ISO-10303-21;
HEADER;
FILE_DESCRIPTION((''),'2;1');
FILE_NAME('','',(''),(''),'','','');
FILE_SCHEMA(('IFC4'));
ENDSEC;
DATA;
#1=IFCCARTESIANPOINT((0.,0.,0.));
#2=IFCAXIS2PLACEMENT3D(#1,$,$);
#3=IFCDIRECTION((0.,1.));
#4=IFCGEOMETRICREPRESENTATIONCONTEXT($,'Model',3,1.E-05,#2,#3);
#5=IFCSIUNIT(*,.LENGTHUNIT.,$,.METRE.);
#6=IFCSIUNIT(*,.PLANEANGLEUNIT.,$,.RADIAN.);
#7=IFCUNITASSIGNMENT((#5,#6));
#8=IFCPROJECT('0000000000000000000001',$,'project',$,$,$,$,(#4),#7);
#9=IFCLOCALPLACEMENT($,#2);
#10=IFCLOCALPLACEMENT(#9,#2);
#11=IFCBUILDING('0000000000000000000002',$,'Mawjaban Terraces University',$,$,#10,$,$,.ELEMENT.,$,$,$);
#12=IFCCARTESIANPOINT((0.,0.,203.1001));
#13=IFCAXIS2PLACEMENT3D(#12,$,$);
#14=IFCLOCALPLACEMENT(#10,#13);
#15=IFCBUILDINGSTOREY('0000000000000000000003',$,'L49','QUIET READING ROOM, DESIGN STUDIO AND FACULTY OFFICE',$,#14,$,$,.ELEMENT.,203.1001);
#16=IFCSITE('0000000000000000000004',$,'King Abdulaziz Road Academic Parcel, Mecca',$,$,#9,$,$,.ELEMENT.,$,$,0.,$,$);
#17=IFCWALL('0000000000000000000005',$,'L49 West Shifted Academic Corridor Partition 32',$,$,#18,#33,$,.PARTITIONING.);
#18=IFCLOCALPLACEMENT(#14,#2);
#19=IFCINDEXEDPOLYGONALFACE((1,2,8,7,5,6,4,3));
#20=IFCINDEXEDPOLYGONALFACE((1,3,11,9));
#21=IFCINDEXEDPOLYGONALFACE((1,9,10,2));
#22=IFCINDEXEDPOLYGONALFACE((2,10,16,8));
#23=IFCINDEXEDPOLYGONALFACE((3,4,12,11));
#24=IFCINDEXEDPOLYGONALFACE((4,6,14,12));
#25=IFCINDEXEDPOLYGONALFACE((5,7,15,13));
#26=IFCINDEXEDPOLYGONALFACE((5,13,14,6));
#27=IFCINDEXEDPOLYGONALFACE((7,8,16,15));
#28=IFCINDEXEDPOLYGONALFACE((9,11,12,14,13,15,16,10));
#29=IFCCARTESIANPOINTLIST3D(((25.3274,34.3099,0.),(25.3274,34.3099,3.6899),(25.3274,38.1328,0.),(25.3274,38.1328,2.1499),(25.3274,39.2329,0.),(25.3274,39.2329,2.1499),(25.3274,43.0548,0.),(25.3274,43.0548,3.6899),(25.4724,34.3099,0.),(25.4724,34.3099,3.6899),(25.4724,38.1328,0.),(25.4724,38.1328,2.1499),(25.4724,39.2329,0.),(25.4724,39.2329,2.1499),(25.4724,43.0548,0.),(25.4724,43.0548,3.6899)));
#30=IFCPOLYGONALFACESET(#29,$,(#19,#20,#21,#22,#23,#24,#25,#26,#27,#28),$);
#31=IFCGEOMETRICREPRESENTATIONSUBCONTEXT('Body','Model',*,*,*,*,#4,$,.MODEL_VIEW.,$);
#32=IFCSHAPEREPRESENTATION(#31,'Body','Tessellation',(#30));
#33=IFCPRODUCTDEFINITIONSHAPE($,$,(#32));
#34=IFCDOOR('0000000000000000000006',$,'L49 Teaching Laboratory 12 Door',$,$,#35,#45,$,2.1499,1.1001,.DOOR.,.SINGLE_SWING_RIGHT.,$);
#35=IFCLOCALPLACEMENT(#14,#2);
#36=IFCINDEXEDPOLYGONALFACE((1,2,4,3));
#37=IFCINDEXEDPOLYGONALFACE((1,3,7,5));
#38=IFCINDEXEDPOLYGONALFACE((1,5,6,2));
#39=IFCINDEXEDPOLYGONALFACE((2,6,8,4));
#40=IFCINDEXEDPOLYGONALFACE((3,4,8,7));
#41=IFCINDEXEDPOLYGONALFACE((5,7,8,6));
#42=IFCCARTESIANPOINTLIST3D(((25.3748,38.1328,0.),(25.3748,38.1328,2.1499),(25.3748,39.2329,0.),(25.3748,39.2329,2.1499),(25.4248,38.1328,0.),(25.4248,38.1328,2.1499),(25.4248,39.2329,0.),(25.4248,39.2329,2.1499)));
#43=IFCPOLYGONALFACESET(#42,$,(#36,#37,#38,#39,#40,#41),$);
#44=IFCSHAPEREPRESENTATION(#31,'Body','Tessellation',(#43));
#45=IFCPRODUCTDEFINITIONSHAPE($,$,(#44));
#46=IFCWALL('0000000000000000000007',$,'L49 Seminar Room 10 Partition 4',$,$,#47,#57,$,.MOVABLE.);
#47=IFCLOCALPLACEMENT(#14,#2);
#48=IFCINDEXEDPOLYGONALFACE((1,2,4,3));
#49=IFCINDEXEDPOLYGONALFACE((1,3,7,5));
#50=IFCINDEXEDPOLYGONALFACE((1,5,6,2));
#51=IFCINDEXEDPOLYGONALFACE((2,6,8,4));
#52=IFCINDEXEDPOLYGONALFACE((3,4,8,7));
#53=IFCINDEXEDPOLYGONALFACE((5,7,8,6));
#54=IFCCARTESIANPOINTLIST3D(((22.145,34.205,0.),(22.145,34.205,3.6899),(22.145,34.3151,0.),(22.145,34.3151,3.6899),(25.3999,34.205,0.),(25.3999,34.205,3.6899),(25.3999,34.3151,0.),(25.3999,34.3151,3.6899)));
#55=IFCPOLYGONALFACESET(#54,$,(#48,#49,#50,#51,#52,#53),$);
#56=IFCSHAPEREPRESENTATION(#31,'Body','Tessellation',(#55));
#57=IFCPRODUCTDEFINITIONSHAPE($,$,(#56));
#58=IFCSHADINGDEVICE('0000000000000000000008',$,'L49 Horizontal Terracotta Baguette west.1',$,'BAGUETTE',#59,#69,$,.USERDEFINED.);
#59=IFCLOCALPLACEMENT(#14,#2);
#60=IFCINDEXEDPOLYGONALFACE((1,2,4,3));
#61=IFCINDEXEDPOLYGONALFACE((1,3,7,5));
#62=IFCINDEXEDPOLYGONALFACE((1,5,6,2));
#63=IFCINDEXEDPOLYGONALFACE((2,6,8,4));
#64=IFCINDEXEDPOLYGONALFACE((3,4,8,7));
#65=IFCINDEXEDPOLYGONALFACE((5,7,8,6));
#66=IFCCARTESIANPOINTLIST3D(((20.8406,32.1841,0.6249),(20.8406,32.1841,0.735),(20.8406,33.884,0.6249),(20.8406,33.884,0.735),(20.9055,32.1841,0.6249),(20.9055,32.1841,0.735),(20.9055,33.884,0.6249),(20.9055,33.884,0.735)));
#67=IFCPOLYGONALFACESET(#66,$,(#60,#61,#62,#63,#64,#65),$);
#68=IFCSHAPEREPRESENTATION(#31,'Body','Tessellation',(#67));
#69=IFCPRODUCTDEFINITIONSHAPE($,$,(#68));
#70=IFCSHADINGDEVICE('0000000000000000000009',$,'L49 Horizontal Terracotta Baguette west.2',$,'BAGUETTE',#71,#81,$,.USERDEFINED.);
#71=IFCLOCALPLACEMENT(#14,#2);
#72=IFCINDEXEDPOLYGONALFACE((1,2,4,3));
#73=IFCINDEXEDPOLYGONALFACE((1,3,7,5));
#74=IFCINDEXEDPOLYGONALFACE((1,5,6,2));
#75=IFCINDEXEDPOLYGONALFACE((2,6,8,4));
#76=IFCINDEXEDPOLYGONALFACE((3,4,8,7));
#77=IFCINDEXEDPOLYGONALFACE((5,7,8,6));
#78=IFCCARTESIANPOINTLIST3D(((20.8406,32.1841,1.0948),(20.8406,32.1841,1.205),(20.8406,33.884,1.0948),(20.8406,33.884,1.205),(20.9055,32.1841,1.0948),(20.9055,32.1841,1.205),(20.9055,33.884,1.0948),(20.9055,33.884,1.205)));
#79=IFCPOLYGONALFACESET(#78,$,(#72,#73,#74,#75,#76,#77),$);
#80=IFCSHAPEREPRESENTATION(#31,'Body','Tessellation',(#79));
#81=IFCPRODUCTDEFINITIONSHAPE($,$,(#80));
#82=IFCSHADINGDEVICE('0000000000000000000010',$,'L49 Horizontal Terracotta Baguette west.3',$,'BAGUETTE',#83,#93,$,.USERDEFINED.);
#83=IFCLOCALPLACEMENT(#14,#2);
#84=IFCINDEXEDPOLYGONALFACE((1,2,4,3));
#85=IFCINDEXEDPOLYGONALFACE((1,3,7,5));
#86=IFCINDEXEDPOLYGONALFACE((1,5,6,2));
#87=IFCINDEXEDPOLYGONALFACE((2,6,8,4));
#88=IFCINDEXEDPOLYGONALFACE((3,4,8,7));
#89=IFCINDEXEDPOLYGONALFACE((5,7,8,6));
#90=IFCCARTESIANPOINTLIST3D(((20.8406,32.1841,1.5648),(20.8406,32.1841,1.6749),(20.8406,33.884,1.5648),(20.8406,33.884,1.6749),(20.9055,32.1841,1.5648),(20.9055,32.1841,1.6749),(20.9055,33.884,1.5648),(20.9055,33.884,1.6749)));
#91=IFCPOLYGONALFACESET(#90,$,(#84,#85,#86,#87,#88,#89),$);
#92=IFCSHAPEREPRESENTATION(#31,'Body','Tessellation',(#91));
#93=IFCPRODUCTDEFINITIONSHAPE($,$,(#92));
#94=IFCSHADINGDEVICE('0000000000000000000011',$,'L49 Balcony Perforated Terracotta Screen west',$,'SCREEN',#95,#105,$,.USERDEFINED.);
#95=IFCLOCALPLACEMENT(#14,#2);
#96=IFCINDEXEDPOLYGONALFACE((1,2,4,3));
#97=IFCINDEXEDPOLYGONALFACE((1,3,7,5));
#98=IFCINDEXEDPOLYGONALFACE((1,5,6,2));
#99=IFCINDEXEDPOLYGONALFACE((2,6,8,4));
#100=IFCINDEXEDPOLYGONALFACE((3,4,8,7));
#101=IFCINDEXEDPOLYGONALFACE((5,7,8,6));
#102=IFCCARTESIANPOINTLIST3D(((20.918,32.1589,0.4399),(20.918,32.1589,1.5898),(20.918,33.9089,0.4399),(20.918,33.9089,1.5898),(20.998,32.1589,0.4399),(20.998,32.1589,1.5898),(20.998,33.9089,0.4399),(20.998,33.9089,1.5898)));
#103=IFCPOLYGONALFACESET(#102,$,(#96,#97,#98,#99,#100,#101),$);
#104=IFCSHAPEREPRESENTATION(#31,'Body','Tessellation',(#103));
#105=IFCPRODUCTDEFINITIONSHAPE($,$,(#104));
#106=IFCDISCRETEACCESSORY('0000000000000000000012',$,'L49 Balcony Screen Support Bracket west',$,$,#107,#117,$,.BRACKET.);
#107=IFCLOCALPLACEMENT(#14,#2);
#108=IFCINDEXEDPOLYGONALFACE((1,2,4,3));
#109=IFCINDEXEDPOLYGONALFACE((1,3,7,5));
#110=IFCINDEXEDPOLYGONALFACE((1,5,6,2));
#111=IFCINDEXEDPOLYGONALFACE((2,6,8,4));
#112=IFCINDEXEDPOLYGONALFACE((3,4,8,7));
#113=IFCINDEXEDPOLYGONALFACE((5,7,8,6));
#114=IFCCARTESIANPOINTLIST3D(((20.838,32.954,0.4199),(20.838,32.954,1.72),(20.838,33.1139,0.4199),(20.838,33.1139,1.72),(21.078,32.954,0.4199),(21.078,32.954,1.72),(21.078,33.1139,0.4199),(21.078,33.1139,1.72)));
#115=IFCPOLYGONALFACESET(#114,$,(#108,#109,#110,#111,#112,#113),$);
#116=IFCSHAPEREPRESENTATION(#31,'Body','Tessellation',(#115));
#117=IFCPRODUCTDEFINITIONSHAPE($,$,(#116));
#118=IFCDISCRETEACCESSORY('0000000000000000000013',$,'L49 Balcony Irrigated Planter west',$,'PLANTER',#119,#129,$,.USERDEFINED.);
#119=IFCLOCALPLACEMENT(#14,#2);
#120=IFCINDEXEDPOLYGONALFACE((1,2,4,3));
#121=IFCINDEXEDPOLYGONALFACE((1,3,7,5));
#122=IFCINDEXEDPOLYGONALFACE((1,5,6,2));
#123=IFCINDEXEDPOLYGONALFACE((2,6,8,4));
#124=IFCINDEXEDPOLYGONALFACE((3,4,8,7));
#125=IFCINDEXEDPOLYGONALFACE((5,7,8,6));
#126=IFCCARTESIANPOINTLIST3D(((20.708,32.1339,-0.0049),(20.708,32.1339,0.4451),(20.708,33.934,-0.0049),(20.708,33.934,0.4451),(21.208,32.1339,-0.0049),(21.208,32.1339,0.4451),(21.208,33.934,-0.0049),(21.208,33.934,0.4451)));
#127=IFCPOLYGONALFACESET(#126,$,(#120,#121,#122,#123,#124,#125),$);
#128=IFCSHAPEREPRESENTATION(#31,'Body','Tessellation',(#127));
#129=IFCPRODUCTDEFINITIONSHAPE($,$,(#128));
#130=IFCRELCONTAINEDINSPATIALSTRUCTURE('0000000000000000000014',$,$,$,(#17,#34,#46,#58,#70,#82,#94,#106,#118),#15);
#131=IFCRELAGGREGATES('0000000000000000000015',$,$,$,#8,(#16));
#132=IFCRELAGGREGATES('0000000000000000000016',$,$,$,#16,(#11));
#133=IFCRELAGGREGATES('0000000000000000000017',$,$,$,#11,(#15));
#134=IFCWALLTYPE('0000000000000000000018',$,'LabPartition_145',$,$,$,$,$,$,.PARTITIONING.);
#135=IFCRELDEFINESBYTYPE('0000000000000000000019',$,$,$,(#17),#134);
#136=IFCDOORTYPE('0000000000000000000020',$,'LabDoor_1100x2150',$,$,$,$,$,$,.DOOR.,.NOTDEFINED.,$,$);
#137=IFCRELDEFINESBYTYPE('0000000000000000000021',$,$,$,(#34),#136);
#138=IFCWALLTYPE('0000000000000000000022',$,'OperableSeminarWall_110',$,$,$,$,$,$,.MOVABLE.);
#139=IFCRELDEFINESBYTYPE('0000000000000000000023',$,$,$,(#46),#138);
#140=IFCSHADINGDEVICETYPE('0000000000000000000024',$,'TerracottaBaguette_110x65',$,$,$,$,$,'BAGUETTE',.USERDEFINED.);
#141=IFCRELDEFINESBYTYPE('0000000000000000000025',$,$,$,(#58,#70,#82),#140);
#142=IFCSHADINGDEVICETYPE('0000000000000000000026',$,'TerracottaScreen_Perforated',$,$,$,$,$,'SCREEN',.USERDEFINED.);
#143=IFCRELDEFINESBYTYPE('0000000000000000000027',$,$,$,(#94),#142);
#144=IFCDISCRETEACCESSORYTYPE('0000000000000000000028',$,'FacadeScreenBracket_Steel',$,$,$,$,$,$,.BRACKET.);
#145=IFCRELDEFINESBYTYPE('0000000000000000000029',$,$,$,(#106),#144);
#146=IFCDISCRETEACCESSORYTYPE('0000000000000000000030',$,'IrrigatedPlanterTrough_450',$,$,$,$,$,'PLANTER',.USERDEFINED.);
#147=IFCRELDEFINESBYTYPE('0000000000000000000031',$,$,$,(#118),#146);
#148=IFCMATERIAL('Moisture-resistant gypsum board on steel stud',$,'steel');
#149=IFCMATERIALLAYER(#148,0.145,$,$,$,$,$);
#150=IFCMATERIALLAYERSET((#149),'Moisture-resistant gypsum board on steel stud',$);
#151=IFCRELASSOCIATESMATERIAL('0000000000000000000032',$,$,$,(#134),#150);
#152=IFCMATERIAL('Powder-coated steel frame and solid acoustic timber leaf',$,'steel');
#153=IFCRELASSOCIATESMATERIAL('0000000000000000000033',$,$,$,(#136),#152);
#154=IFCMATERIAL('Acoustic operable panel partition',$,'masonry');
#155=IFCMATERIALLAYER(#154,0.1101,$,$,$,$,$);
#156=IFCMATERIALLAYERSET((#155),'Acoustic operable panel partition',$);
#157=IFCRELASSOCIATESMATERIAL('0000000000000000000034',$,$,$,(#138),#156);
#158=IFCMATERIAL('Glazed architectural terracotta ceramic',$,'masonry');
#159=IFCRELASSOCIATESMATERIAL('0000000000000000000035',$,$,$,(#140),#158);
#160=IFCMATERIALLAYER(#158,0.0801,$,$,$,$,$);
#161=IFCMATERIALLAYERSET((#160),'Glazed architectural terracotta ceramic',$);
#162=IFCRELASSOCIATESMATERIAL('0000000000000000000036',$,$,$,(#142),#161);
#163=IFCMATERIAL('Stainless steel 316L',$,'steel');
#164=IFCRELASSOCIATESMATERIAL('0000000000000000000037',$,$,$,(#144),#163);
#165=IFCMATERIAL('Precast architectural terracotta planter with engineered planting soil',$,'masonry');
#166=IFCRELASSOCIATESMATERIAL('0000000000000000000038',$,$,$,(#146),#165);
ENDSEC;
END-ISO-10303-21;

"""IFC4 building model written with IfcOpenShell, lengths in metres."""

from ifc_helpers import new_model, si_unit, direction, frame, frame_2d, origin, origin_2d, place, context, subcontext, project, spatial, rectangle, extrude, material, layer, layer_set, material_profile, profile_set, type_object, element, fill, save


model = new_model("IFC4")

# Units and contexts
model_context = context("Model", 3, precision=1e-05, world=origin(), true_north=direction((0.0, 1.0)))
body_context = subcontext(model_context, "Body", "Model", "MODEL_VIEW")
ifc_project = project(units=[si_unit("LENGTHUNIT", "METRE"), si_unit("PLANEANGLEUNIT", "RADIAN")], contexts=[model_context])

# Site, building, storey
site_placement = place(None, origin())
site = spatial("IfcSite", under=ifc_project, at=site_placement, Name="King Abdulaziz Road Academic Parcel, Mecca", CompositionType="ELEMENT", RefElevation=0.0)
building_placement = place(site_placement, origin())
building = spatial("IfcBuilding", under=site, at=building_placement, Name="Mawjaban Terraces University", CompositionType="ELEMENT")
storey_placement = place(building_placement, frame((0.0, 0.0, 203.1001)))
storey = spatial("IfcBuildingStorey", under=building, at=storey_placement, Name="L49", Description="QUIET READING ROOM, DESIGN STUDIO AND FACULTY OFFICE", CompositionType="ELEMENT", Elevation=203.1001)

# Shared definitions
ifc_material_1 = material(Name="Powder-coated steel frame and solid acoustic timber leaf", Category="steel")

# Wall, opening, door
ifc_material_2 = material(Name="Moisture-resistant gypsum board on steel stud", Category="steel")
ifc_layer_1 = layer(ifc_material_2, 0.145)
ifc_layer_set_1 = layer_set([ifc_layer_1], Name="Moisture-resistant gypsum board on steel stud")
wall_type_1 = type_object("IfcWallType", Name="LabPartition_145", PredefinedType="PARTITIONING", material=ifc_layer_set_1)
wall_1_placement = place(storey_placement, frame((25.3999, 43.0549, 0.0), z_axis=(0.0, 0.0, 1.0), x_axis=(0.0, -1.0, 0.0)))
wall_1 = element("IfcWall", 1, at=wall_1_placement, inside=storey, type_object=wall_type_1, Name="L49 West Shifted Academic Corridor Partition 32", PredefinedType="PARTITIONING", context=body_context, shape_type="SweptSolid", body=[
    extrude(rectangle(XDim=8.7449, YDim=0.145, at=frame_2d((4.3726, 0.0))), origin(), (0.0, 0.0, 1.0), 3.6899),
])
opening_1_placement = place(wall_1_placement, frame((3.822, 0.0, 0.0)))
opening_1 = element("IfcOpeningElement", 2, at=opening_1_placement, cuts=wall_1, PredefinedType="OPENING", context=body_context, shape_type="SweptSolid", body=[
    extrude(rectangle(XDim=1.1001, YDim=2.1499, at=frame_2d((0.55, 1.075))), frame((0.0, 0.0825, 0.0), z_axis=(0.0, -1.0, 0.0), x_axis=(1.0, 0.0, 0.0)), (0.0, 0.0, 1.0), 0.165),
])
door_type_1 = type_object("IfcDoorType", Name="LabDoor_1100x2150", OperationType="NOTDEFINED", PredefinedType="DOOR", material=ifc_material_1)
door_1_placement = place(opening_1_placement, origin())
door_1 = element("IfcDoor", 3, at=door_1_placement, inside=storey, type_object=door_type_1, Name="L49 Teaching Laboratory 12 Door", OperationType="SINGLE_SWING_RIGHT", OverallHeight=2.1499, OverallWidth=1.1001, PredefinedType="DOOR", context=body_context, shape_type="SweptSolid", body=[
    extrude(rectangle(XDim=1.1001, YDim=2.1499, at=frame_2d((0.55, 1.075))), frame((0.0, 0.0249, 0.0), z_axis=(0.0, -1.0, 0.0), x_axis=(1.0, 0.0, 0.0)), (0.0, 0.0, 1.0), 0.05),
])
fill(opening_1, door_1)

# Wall
ifc_material_3 = material(Name="Acoustic operable panel partition", Category="masonry")
ifc_layer_2 = layer(ifc_material_3, 0.1101)
ifc_layer_set_2 = layer_set([ifc_layer_2], Name="Acoustic operable panel partition")
wall_type_2 = type_object("IfcWallType", Name="OperableSeminarWall_110", PredefinedType="MOVABLE", material=ifc_layer_set_2)
wall_2_placement = place(storey_placement, frame((25.3999, 34.26, 0.0), z_axis=(0.0, 0.0, 1.0), x_axis=(-1.0, 0.0, 0.0)))
element("IfcWall", 4, at=wall_2_placement, inside=storey, type_object=wall_type_2, Name="L49 Seminar Room 10 Partition 4", PredefinedType="MOVABLE", context=body_context, shape_type="SweptSolid", body=[
    extrude(rectangle(XDim=3.2549, YDim=0.1101, at=frame_2d((1.6274, 0.0))), origin(), (0.0, 0.0, 1.0), 3.6899),
])

# Shading devices
ifc_material_4 = material(Name="Glazed architectural terracotta ceramic", Category="masonry")
ifc_material_profile_1 = material_profile(ifc_material_4, rectangle(XDim=0.0649, YDim=0.1101, at=origin_2d()), Name="TBAG110X65")
ifc_profile_set_1 = profile_set([ifc_material_profile_1], Name="Glazed architectural terracotta ceramic")
shading_device_type_1 = type_object("IfcShadingDeviceType", Name="TerracottaBaguette_110x65", ElementType="BAGUETTE", PredefinedType="USERDEFINED", material=ifc_profile_set_1)
for number, where, z_axis, x_axis, name in (
    (5, (20.873, 32.1841, 0.6799), (0.0, 1.0, 0.0), (-1.0, 0.0, 0.0), "L49 Horizontal Terracotta Baguette west.1"),
    (6, (20.873, 32.1841, 1.1499), (0.0, 1.0, 0.0), (-1.0, 0.0, 0.0), "L49 Horizontal Terracotta Baguette west.2"),
    (7, (20.873, 32.1841, 1.6199), (0.0, 1.0, 0.0), (-1.0, 0.0, 0.0), "L49 Horizontal Terracotta Baguette west.3"),
):
    element("IfcShadingDevice", number, at=place(storey_placement, frame(where, z_axis=z_axis, x_axis=x_axis)), inside=storey, type_object=shading_device_type_1, Name=name, ObjectType="BAGUETTE", PredefinedType="USERDEFINED", context=body_context, shape_type="SweptSolid", body=[
        extrude(rectangle(XDim=0.0649, YDim=0.1101, at=origin_2d()), origin(), (0.0, 0.0, 1.0), 1.7),
    ])
ifc_layer_3 = layer(ifc_material_4, 0.0801)
ifc_layer_set_3 = layer_set([ifc_layer_3], Name="Glazed architectural terracotta ceramic")
shading_device_type_2 = type_object("IfcShadingDeviceType", Name="TerracottaScreen_Perforated", ElementType="SCREEN", PredefinedType="USERDEFINED", material=ifc_layer_set_3)
shading_device_placement = place(storey_placement, frame((20.958, 33.0339, 0.4399), z_axis=(0.0, 0.0, 1.0), x_axis=(0.0, 1.0, 0.0)))
element("IfcShadingDevice", 8, at=shading_device_placement, inside=storey, type_object=shading_device_type_2, Name="L49 Balcony Perforated Terracotta Screen west", ObjectType="SCREEN", PredefinedType="USERDEFINED", context=body_context, shape_type="SweptSolid", body=[
    extrude(rectangle(XDim=1.75, YDim=0.0801, at=origin_2d()), origin(), (0.0, 0.0, 1.0), 1.1499),
])

# Discrete accessories
ifc_material_5 = material(Name="Stainless steel 316L", Category="steel")
discrete_accessory_type_1 = type_object("IfcDiscreteAccessoryType", Name="FacadeScreenBracket_Steel", PredefinedType="BRACKET", material=ifc_material_5)
discrete_accessory_1_placement = place(storey_placement, frame((20.958, 33.0339, 0.4199), z_axis=(0.0, 0.0, 1.0), x_axis=(0.0, 1.0, 0.0)))
element("IfcDiscreteAccessory", 9, at=discrete_accessory_1_placement, inside=storey, type_object=discrete_accessory_type_1, Name="L49 Balcony Screen Support Bracket west", PredefinedType="BRACKET", context=body_context, shape_type="SweptSolid", body=[
    extrude(rectangle(XDim=0.1599, YDim=0.24, at=origin_2d()), origin(), (0.0, 0.0, 1.0), 1.3),
])
ifc_material_6 = material(Name="Precast architectural terracotta planter with engineered planting soil", Category="masonry")
discrete_accessory_type_2 = type_object("IfcDiscreteAccessoryType", Name="IrrigatedPlanterTrough_450", ElementType="PLANTER", PredefinedType="USERDEFINED", material=ifc_material_6)
discrete_accessory_2_placement = place(storey_placement, frame((20.958, 33.0339, -0.0049), z_axis=(0.0, 0.0, 1.0), x_axis=(0.0, 1.0, 0.0)))
element("IfcDiscreteAccessory", 10, at=discrete_accessory_2_placement, inside=storey, type_object=discrete_accessory_type_2, Name="L49 Balcony Irrigated Planter west", ObjectType="PLANTER", PredefinedType="USERDEFINED", context=body_context, shape_type="SweptSolid", body=[
    extrude(rectangle(XDim=1.8, YDim=0.5, at=origin_2d()), origin(), (0.0, 0.0, 1.0), 0.45),
])

save(model, "model.ifc")
